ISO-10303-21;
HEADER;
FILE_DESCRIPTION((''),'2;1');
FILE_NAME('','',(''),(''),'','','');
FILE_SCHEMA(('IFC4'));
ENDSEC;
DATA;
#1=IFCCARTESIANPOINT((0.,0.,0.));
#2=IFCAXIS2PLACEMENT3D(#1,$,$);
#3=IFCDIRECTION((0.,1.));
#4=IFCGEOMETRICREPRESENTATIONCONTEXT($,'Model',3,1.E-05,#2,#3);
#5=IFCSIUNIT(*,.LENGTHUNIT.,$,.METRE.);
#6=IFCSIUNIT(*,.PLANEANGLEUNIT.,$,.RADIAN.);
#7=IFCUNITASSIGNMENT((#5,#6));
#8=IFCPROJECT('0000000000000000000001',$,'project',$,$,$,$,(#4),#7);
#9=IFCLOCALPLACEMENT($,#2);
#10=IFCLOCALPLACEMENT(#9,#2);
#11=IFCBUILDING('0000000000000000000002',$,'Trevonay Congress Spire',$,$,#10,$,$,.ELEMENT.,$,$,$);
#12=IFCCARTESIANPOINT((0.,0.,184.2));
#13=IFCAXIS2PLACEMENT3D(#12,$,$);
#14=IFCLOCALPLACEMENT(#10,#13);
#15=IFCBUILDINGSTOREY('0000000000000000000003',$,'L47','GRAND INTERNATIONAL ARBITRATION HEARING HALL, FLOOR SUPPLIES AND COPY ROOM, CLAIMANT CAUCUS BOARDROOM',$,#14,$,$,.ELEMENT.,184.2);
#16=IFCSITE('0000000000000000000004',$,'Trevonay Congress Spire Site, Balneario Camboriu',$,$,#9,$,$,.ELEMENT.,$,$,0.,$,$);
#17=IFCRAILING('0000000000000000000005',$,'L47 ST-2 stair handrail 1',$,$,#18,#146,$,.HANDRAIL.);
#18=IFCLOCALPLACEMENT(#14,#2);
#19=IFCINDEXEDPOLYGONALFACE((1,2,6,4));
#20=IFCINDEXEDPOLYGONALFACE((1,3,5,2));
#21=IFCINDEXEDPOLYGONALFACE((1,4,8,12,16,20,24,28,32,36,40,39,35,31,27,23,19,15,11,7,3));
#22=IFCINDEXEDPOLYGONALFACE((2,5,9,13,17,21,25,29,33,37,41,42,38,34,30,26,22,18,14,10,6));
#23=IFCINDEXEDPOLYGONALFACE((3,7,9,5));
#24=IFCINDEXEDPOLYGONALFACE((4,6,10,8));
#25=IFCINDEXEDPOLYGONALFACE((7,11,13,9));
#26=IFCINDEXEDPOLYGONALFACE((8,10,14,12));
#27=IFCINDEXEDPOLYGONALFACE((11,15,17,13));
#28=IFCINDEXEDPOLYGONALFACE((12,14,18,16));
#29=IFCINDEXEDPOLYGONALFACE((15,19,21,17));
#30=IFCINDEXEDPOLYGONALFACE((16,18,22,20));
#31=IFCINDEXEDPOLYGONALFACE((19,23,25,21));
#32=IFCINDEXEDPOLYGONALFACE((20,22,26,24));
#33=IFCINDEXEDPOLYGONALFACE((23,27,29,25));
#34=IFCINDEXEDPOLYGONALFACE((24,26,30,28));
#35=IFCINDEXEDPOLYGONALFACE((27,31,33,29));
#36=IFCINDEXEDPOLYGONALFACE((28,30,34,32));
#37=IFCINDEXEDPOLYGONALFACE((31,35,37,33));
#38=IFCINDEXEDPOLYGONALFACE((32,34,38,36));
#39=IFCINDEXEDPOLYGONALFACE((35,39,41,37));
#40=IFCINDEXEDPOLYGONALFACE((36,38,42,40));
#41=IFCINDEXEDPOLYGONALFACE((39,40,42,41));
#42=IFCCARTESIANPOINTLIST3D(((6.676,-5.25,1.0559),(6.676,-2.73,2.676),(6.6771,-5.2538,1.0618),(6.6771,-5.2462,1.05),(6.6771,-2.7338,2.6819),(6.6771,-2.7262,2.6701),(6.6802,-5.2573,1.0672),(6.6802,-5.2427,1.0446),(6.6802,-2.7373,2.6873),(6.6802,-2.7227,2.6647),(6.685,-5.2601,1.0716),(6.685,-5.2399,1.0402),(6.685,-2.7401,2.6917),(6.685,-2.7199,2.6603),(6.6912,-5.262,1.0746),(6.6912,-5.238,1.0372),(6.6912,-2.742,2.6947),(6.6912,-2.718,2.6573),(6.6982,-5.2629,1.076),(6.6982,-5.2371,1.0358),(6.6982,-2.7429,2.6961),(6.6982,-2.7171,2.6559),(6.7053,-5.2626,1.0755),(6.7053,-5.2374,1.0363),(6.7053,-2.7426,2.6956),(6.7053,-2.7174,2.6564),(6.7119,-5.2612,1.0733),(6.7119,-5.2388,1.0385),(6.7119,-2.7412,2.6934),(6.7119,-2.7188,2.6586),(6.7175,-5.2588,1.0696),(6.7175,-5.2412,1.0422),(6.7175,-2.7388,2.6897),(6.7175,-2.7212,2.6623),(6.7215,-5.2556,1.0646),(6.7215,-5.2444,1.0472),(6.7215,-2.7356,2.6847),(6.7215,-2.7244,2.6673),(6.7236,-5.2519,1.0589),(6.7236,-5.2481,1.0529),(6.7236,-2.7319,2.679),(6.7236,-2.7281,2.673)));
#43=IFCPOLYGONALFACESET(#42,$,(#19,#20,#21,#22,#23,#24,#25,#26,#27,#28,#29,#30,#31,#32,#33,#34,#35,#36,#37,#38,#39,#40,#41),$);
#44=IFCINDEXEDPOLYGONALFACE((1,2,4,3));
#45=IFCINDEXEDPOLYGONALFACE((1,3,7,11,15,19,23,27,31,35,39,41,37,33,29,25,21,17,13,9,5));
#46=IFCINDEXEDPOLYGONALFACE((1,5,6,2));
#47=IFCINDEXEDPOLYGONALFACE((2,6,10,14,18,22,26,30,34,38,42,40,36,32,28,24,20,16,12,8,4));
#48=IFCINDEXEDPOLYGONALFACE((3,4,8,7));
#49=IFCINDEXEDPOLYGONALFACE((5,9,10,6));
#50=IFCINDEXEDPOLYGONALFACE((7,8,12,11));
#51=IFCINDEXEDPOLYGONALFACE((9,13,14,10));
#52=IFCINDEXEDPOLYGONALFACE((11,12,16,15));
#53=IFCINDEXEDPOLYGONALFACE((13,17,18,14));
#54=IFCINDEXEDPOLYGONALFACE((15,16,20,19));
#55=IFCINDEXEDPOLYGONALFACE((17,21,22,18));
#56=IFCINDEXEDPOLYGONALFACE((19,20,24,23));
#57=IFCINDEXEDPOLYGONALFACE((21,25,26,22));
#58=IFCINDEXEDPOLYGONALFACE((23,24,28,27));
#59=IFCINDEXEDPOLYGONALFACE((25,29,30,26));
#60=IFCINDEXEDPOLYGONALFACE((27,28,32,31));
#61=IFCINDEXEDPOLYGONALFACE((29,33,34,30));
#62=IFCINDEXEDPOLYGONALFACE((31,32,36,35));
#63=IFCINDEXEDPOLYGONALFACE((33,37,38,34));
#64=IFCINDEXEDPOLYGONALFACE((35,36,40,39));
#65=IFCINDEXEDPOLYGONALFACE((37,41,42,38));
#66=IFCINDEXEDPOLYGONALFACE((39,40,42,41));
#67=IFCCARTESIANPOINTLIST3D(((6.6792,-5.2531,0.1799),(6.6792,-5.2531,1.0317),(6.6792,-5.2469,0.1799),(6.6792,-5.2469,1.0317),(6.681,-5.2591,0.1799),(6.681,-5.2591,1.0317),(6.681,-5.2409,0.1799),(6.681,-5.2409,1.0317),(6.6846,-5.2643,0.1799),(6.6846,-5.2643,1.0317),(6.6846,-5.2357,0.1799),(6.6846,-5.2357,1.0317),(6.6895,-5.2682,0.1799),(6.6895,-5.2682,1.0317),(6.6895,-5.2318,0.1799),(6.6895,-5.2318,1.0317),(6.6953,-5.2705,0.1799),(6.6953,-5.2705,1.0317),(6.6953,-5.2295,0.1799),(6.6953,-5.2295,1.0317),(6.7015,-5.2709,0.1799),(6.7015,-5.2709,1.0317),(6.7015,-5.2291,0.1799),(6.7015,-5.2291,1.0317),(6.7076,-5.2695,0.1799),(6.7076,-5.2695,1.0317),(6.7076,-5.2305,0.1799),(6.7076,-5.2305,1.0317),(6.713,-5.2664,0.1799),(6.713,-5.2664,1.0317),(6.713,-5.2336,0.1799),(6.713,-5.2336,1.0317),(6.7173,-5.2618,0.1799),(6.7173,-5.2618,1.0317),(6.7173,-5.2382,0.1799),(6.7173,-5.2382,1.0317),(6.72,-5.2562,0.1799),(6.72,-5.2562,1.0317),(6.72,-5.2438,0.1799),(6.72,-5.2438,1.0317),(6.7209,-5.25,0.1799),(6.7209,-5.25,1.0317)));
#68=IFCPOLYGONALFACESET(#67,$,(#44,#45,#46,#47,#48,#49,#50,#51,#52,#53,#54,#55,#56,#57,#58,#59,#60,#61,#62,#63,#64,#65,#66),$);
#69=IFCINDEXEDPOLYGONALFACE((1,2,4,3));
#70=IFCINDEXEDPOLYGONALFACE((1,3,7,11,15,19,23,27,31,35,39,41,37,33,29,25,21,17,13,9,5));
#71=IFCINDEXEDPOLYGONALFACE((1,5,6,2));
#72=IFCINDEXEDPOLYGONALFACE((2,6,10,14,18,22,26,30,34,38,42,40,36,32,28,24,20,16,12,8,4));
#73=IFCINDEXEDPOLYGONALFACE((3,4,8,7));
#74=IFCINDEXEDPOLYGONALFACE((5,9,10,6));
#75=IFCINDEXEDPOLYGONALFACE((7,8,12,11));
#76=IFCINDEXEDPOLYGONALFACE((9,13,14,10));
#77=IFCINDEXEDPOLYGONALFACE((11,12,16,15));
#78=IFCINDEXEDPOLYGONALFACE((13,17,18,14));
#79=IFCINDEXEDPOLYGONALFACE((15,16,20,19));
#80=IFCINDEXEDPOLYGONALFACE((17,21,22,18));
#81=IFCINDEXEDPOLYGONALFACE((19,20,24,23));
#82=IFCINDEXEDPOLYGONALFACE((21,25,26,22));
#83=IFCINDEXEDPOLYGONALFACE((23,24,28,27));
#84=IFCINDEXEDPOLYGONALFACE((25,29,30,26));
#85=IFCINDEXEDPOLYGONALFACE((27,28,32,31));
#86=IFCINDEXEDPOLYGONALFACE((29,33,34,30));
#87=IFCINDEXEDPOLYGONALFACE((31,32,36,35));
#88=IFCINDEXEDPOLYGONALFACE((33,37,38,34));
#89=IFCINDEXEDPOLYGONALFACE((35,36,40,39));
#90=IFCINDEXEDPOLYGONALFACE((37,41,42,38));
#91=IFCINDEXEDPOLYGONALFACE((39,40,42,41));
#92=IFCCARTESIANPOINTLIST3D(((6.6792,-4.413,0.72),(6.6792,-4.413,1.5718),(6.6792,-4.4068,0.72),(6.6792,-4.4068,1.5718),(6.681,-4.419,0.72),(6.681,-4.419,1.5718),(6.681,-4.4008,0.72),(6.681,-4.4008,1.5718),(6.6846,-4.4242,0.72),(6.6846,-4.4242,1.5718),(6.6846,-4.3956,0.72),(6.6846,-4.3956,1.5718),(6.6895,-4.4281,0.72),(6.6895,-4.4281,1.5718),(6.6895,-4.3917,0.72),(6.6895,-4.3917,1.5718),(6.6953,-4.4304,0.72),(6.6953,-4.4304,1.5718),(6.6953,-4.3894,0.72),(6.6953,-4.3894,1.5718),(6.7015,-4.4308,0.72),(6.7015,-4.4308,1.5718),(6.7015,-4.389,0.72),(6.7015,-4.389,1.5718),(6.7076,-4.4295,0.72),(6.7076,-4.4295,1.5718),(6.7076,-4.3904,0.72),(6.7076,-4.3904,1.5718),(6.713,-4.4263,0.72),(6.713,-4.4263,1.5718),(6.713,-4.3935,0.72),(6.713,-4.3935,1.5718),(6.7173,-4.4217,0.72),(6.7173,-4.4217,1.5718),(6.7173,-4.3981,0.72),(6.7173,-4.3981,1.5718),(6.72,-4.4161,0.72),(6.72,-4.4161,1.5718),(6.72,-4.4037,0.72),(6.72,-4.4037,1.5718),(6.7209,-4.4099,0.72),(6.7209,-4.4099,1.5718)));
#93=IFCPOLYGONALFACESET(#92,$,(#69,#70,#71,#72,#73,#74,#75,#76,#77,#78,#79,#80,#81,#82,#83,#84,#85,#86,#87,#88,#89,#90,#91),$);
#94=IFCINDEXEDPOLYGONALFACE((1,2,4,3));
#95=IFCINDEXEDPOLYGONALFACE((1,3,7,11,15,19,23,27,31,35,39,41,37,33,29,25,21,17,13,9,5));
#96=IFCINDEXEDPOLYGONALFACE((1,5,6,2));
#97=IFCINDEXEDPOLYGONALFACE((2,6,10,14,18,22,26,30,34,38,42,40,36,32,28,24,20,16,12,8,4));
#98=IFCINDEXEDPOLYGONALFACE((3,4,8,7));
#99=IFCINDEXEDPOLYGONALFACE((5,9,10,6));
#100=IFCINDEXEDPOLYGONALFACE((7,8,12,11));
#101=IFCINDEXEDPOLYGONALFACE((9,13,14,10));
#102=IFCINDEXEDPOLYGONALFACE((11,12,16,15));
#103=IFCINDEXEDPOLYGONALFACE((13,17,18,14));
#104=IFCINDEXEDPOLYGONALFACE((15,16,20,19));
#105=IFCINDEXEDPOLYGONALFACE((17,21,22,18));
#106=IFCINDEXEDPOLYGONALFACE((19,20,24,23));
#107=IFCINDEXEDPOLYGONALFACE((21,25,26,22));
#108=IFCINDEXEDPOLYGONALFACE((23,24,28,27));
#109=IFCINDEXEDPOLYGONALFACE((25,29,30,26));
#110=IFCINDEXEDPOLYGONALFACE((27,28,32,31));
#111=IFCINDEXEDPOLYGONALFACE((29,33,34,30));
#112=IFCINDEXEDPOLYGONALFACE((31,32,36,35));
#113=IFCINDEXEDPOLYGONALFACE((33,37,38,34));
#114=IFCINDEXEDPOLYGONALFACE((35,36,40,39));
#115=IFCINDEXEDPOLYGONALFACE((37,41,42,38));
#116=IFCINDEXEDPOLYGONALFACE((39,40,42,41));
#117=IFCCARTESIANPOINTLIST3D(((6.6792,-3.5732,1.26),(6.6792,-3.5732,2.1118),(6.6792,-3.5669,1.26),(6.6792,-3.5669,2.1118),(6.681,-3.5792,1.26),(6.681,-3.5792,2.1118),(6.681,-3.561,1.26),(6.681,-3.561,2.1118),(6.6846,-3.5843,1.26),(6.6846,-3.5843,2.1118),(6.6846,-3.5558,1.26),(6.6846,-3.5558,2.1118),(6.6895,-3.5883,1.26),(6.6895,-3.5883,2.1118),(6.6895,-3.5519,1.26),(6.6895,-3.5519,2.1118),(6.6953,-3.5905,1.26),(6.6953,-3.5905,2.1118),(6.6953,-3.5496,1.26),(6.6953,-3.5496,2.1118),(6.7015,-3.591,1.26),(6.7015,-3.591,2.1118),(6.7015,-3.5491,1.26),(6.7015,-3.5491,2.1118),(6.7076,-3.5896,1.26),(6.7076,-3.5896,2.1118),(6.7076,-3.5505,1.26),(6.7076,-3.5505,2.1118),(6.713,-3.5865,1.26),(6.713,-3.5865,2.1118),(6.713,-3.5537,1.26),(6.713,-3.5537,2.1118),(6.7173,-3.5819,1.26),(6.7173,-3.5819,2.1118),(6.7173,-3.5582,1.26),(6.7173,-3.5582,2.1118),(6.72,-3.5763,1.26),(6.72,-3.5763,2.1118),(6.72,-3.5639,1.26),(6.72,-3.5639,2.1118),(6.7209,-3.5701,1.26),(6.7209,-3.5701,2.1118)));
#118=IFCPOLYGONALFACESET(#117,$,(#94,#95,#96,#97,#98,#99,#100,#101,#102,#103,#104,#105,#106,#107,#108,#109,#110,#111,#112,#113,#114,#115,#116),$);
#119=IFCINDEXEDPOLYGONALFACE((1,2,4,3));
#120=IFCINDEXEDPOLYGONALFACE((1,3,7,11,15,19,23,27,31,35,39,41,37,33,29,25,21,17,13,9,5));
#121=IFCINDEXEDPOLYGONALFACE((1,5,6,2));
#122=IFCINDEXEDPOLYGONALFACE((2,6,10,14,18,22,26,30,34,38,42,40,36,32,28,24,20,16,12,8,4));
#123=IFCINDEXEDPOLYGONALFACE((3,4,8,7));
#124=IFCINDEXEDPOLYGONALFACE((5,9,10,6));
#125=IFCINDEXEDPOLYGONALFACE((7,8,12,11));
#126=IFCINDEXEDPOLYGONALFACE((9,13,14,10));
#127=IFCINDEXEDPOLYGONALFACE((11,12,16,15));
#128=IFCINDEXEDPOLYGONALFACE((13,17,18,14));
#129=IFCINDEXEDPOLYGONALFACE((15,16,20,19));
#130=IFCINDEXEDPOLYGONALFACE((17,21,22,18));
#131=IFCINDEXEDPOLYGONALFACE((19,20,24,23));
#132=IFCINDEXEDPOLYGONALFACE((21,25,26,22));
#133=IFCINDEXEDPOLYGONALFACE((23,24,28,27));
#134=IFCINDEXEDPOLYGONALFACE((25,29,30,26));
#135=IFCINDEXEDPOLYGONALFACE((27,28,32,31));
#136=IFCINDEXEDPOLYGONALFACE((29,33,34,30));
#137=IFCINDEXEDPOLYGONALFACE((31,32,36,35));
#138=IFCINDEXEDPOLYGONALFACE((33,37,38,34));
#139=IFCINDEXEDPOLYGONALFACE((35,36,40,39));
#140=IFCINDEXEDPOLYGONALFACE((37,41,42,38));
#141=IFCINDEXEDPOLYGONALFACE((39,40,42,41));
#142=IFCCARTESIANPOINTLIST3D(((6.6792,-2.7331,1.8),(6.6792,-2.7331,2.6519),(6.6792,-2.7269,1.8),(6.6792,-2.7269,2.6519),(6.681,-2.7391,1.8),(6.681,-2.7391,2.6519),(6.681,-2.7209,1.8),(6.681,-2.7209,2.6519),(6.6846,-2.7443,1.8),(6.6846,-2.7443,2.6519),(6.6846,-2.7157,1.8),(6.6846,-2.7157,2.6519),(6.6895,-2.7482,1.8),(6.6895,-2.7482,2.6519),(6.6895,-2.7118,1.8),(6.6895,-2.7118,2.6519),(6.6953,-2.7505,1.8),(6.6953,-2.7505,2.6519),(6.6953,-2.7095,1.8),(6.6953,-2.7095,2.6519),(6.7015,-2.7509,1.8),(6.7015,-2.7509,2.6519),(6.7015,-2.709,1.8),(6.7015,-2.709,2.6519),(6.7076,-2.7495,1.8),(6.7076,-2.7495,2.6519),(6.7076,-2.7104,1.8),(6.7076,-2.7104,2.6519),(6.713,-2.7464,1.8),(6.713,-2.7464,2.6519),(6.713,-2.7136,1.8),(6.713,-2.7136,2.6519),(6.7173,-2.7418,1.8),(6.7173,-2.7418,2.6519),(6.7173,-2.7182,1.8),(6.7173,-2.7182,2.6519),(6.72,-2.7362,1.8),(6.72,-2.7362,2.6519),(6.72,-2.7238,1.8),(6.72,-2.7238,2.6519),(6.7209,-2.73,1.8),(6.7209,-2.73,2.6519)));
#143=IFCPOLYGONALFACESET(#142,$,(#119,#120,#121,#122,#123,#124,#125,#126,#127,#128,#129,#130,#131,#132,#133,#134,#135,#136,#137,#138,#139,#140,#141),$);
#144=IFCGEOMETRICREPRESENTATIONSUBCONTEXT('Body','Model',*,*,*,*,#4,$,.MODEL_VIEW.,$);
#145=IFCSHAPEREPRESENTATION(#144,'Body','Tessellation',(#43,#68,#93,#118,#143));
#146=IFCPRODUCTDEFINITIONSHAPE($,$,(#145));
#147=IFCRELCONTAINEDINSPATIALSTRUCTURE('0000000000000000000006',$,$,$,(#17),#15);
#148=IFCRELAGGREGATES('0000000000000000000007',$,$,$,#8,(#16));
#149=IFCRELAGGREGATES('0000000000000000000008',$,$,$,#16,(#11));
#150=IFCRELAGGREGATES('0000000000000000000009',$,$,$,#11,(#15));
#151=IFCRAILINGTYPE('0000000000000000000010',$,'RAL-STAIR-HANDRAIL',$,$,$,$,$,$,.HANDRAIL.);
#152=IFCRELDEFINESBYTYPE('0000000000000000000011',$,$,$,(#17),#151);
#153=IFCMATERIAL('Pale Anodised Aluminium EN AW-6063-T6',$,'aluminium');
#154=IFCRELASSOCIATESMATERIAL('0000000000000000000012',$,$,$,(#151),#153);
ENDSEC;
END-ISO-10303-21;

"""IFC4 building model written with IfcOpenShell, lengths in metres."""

from ifc_helpers import new_model, si_unit, direction, frame, origin, origin_2d, place, context, subcontext, project, spatial, circle, extrude, material, type_object, element, save


model = new_model("IFC4")

# Units and contexts
model_context = context("Model", 3, precision=1e-05, world=origin(), true_north=direction((0.0, 1.0)))
body_context = subcontext(model_context, "Body", "Model", "MODEL_VIEW")
ifc_project = project(units=[si_unit("LENGTHUNIT", "METRE"), si_unit("PLANEANGLEUNIT", "RADIAN")], contexts=[model_context])

# Site, building, storey
site_placement = place(None, origin())
site = spatial("IfcSite", under=ifc_project, at=site_placement, Name="Trevonay Congress Spire Site, Balneario Camboriu", CompositionType="ELEMENT", RefElevation=0.0)
building_placement = place(site_placement, origin())
building = spatial("IfcBuilding", under=site, at=building_placement, Name="Trevonay Congress Spire", CompositionType="ELEMENT")
storey_placement = place(building_placement, frame((0.0, 0.0, 184.2)))
storey = spatial("IfcBuildingStorey", under=building, at=storey_placement, Name="L47", Description="GRAND INTERNATIONAL ARBITRATION HEARING HALL, FLOOR SUPPLIES AND COPY ROOM, CLAIMANT CAUCUS BOARDROOM", CompositionType="ELEMENT", Elevation=184.2)

# Railing
ifc_material_1 = material(Name="Pale Anodised Aluminium EN AW-6063-T6", Category="aluminium")
railing_type_1 = type_object("IfcRailingType", Name="RAL-STAIR-HANDRAIL", PredefinedType="HANDRAIL", material=ifc_material_1)
railing_1_placement = place(storey_placement, frame((6.7, -5.25, 0.1799)))
element("IfcRailing", 1, at=railing_1_placement, inside=storey, type_object=railing_type_1, Name="L47 ST-2 stair handrail 1", PredefinedType="HANDRAIL", context=body_context, shape_type="SweptSolid", body=[
    extrude(circle(Radius=0.0239, at=origin_2d()), frame((0.0, 0.0, 0.876), z_axis=(0.0, 0.841163, 0.540782), x_axis=(-1.0, 0.0, 0.0)), (0.0, 0.0, 1.0), 2.9958),
    extrude(circle(Radius=0.021, at=origin_2d()), origin(), (0.0, 0.0, 1.0), 0.8518),
    extrude(circle(Radius=0.021, at=origin_2d()), frame((0.0, 0.8401, 0.54)), (0.0, 0.0, 1.0), 0.8518),
    extrude(circle(Radius=0.021, at=origin_2d()), frame((0.0, 1.6799, 1.0801)), (0.0, 0.0, 1.0), 0.8518),
    extrude(circle(Radius=0.021, at=origin_2d()), frame((0.0, 2.52, 1.6201)), (0.0, 0.0, 1.0), 0.8518),
])

save(model, "model.ifc")
